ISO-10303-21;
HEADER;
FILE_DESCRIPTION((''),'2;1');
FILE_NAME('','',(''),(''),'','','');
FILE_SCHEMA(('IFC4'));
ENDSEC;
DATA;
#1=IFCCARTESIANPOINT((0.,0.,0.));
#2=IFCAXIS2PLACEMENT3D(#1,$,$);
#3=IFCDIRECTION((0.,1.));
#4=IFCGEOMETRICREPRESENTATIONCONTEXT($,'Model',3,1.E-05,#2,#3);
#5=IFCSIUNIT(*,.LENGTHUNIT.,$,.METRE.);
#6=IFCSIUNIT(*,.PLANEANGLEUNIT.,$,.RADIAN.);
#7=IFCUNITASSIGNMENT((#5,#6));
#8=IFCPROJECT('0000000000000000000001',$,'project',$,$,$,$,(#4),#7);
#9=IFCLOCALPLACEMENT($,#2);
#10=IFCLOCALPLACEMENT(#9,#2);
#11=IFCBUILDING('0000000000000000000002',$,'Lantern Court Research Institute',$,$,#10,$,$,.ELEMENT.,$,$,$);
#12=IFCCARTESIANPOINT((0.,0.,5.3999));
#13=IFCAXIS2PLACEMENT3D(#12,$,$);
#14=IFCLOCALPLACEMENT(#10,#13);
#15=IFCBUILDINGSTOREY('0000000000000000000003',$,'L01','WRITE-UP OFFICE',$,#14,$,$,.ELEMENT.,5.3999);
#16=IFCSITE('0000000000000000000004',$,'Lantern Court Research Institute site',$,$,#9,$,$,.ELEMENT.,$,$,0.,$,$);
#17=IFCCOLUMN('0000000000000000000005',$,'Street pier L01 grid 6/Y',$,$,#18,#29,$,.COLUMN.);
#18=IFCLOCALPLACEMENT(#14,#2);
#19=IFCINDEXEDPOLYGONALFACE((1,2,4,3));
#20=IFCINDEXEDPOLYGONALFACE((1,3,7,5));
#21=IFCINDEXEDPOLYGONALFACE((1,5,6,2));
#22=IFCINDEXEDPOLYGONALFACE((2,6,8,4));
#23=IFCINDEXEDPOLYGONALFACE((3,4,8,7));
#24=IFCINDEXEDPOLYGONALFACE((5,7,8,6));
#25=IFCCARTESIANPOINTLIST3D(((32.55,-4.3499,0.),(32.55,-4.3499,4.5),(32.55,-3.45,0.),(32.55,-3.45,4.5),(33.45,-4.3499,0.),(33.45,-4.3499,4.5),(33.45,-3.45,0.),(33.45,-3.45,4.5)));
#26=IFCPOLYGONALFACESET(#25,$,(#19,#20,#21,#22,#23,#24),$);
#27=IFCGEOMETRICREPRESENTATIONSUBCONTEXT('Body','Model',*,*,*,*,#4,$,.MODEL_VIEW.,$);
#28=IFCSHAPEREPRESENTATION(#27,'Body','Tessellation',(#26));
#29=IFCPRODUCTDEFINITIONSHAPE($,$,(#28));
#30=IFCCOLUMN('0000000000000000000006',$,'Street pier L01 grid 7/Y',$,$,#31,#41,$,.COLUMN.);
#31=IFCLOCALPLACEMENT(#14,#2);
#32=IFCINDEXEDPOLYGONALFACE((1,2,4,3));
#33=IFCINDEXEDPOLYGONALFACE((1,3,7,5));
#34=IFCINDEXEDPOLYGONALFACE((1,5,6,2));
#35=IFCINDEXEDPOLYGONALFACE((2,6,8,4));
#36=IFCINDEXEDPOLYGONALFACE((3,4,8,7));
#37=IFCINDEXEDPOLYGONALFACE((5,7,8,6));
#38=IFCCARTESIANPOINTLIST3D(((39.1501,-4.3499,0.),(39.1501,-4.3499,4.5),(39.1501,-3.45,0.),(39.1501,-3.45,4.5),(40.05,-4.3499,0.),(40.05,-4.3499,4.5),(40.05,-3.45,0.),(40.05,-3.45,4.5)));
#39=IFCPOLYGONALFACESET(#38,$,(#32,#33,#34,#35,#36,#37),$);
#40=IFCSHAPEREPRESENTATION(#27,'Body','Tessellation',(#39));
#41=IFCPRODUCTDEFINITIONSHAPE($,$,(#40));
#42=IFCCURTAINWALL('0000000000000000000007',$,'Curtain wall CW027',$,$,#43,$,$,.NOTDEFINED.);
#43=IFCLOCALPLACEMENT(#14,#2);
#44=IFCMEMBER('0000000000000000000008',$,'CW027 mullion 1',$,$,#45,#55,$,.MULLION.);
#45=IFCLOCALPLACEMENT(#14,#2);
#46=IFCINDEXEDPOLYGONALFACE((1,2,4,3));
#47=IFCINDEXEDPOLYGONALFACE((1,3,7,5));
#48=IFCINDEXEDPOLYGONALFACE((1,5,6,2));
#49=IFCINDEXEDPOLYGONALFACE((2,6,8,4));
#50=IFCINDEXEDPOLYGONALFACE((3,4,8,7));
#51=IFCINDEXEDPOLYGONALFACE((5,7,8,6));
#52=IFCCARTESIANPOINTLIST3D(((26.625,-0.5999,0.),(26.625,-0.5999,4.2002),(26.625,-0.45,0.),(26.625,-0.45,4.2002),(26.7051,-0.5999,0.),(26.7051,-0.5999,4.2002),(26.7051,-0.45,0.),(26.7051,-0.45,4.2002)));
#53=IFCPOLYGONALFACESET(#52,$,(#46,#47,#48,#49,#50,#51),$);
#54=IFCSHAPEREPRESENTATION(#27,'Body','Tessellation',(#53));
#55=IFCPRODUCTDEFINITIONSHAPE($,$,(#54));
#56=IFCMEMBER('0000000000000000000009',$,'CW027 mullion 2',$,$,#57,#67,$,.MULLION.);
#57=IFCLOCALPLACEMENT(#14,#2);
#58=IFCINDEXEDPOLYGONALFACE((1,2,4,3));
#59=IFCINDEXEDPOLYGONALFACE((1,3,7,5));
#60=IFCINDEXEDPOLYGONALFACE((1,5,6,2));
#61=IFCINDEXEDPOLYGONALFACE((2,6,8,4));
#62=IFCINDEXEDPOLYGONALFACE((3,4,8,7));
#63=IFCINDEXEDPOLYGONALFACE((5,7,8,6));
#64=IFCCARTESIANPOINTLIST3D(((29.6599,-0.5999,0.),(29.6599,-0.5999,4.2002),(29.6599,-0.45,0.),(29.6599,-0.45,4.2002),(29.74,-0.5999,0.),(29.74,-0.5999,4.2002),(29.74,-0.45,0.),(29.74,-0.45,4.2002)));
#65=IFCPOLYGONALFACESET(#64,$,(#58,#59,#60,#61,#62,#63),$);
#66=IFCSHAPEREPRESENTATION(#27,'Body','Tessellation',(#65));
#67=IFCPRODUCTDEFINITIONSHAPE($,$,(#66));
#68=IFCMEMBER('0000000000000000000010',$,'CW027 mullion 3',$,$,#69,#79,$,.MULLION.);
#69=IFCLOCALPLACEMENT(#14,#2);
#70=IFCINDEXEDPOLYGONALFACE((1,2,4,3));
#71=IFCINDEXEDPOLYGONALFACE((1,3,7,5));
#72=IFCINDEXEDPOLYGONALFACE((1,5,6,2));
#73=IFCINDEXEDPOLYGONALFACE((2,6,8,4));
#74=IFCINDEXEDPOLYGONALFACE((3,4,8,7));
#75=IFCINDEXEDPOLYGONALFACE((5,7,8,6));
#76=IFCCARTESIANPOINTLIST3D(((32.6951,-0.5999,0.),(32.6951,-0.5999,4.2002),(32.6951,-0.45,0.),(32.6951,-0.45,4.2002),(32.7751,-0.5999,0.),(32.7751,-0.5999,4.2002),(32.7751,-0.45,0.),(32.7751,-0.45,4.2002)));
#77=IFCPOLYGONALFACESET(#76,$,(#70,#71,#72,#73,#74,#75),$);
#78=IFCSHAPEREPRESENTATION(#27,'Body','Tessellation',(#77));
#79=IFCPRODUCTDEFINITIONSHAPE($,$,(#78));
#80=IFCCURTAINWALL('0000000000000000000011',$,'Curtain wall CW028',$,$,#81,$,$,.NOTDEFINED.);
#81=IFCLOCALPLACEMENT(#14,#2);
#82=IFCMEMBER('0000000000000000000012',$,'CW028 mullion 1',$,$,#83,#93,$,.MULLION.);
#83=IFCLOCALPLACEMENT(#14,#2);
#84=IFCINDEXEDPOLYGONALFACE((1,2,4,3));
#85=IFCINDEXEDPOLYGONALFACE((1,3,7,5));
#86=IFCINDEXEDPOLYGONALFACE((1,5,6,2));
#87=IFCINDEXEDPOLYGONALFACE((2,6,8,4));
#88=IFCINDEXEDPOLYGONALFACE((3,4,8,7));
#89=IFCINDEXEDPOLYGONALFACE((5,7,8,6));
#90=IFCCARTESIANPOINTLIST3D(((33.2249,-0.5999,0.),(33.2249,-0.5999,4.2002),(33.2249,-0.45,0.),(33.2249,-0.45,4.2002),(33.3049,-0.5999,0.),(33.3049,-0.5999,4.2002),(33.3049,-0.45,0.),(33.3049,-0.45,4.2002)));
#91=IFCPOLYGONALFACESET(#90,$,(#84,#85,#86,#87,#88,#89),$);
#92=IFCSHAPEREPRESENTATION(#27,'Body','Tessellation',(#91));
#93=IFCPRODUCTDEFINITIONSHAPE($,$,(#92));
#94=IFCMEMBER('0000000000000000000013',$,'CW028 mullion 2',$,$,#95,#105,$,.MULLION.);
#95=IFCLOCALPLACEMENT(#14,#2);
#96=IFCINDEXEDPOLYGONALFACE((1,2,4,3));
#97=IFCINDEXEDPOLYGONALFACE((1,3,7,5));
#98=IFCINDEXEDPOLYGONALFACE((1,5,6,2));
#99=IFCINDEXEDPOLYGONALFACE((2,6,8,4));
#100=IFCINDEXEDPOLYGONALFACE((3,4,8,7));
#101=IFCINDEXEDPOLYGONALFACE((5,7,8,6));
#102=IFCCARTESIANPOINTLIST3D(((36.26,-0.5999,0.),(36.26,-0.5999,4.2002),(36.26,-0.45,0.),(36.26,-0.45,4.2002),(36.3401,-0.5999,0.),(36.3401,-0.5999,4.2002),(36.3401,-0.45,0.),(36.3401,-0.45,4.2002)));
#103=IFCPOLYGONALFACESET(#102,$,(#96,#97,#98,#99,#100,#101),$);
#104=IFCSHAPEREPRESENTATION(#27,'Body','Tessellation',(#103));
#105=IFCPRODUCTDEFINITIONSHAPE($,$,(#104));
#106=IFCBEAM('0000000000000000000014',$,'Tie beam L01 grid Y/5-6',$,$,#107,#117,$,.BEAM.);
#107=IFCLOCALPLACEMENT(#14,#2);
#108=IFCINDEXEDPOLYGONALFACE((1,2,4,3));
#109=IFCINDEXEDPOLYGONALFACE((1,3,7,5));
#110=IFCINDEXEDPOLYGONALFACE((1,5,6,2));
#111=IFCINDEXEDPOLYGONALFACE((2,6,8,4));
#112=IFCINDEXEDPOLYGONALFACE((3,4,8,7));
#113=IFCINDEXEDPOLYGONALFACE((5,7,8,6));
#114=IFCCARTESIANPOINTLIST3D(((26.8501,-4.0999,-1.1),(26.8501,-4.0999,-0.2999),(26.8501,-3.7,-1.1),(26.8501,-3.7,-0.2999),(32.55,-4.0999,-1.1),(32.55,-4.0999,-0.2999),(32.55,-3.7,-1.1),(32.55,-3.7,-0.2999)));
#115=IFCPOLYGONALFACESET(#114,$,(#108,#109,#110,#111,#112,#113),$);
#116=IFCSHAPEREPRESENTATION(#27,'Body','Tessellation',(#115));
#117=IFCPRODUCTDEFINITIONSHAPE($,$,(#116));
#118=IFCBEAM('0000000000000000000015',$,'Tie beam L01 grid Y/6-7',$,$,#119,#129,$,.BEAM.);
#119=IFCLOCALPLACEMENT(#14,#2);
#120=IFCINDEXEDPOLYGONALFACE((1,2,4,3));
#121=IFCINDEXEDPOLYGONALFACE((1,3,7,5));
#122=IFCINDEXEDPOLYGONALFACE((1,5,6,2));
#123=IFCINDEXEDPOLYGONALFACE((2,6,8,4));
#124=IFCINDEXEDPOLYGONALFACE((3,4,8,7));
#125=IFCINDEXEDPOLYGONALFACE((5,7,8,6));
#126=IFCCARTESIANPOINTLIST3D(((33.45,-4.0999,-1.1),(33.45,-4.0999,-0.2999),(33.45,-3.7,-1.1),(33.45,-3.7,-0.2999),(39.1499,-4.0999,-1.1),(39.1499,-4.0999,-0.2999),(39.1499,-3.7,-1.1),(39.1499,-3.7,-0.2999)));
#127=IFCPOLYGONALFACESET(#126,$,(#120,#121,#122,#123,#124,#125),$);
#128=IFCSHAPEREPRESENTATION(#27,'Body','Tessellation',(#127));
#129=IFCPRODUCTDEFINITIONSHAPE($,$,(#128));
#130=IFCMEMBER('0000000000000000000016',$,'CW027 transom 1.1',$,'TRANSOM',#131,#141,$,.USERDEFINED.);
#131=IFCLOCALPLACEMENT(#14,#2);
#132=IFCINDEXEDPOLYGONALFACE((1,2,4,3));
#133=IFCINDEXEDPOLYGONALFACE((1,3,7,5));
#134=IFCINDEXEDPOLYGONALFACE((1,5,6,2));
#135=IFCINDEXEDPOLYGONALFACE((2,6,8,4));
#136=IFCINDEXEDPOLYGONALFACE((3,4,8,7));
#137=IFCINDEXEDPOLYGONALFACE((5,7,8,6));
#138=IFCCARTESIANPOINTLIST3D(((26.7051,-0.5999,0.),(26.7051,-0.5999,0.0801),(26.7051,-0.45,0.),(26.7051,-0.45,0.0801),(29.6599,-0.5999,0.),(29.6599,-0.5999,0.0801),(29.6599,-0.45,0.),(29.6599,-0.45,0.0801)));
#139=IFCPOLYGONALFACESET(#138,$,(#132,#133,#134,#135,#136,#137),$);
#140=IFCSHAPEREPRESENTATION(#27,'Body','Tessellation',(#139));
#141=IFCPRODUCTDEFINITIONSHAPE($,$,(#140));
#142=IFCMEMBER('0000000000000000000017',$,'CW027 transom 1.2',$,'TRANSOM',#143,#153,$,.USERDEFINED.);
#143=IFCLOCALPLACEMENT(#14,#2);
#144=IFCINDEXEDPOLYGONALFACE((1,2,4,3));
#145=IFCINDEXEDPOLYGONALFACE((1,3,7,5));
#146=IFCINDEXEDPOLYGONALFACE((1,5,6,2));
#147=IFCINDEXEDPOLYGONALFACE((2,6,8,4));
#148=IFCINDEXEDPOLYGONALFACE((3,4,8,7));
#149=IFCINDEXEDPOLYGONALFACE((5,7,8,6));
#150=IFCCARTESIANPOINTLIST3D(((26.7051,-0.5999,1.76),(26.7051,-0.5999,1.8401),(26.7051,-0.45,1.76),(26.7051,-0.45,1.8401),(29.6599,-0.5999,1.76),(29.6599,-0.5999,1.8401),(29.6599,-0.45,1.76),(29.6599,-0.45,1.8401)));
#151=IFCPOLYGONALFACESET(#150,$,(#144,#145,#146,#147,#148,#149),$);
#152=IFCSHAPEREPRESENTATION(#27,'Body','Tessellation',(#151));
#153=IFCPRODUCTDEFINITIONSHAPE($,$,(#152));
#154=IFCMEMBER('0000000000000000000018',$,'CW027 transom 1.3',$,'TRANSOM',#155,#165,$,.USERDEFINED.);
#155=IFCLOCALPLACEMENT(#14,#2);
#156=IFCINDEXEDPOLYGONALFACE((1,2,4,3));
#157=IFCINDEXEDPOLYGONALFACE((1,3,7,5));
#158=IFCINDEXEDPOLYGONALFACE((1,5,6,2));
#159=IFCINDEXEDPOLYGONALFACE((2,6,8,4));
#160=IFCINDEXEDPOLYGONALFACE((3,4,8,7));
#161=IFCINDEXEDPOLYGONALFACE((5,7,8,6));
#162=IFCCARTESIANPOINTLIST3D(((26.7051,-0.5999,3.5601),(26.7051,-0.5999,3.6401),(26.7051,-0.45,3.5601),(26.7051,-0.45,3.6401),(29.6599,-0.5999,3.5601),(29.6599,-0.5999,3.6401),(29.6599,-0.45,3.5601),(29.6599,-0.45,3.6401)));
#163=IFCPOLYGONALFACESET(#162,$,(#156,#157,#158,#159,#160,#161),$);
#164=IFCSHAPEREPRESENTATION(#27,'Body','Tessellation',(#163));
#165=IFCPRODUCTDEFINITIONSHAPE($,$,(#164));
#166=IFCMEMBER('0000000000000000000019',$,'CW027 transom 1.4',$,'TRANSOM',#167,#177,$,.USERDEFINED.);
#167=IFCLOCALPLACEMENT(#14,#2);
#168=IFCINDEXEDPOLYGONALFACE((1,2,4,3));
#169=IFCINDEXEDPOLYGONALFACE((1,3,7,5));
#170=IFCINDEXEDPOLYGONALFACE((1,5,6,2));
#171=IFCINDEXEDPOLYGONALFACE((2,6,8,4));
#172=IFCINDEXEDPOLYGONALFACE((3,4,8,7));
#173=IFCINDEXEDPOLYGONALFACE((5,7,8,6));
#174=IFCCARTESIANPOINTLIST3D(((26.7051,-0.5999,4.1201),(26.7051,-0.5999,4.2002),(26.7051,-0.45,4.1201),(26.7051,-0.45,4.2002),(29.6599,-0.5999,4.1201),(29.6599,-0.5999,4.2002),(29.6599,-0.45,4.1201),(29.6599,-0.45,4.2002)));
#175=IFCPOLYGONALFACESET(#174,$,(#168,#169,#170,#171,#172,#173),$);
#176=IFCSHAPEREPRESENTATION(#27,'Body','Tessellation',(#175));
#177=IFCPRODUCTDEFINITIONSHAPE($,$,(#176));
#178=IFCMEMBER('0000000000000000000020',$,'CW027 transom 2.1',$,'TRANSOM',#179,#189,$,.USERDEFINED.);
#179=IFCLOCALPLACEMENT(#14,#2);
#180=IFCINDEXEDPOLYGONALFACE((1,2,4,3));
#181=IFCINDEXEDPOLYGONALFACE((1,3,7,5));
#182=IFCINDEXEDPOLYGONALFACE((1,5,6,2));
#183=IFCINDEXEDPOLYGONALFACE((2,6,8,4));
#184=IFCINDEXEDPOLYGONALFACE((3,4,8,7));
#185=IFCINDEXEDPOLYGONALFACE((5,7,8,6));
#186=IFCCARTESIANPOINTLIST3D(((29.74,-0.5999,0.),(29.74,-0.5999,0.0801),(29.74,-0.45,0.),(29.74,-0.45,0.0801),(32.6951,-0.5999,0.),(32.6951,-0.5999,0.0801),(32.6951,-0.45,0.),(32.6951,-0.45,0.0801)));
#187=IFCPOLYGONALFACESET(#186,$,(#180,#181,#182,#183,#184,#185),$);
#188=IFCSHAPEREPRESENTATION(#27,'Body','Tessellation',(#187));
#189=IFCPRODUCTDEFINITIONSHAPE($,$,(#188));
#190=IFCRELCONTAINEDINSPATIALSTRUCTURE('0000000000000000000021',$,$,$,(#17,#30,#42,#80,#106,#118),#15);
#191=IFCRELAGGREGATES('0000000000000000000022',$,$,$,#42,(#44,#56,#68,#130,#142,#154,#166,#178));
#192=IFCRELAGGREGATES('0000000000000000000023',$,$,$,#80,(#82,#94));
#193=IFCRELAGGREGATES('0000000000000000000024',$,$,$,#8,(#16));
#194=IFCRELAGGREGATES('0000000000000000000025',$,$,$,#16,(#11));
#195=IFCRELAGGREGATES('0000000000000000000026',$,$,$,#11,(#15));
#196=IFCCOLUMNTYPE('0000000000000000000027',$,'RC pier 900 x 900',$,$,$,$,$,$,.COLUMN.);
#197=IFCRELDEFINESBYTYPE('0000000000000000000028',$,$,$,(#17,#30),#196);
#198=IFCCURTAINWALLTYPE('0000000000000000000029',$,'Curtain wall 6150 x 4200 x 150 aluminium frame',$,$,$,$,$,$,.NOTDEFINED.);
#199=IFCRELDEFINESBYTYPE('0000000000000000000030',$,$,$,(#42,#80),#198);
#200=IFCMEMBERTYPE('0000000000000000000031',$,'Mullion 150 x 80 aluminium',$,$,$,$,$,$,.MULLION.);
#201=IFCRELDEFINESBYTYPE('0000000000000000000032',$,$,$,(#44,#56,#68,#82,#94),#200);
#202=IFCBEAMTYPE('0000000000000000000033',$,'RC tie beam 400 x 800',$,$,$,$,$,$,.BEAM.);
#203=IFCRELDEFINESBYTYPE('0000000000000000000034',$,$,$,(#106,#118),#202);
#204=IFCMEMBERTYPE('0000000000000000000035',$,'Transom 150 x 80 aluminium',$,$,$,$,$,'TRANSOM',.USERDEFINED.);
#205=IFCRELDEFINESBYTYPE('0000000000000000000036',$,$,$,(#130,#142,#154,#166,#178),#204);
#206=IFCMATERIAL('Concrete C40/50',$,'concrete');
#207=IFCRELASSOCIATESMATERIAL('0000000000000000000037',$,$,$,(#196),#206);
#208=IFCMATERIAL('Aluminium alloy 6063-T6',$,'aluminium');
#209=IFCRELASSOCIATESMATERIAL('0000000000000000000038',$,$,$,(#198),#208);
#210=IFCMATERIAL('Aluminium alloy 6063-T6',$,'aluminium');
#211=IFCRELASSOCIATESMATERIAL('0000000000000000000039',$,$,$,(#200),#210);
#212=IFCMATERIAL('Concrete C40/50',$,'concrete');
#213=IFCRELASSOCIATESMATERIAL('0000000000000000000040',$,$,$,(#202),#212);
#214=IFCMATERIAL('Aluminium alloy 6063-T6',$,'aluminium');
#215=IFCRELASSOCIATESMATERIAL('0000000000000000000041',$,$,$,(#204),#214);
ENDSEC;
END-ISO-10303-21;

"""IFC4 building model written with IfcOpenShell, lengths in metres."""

from ifc_helpers import new_model, si_unit, direction, frame, origin, origin_2d, place, context, subcontext, project, spatial, rectangle, extrude, material, material_profile, profile_set, type_object, element, aggregate, save


model = new_model("IFC4")

# Units and contexts
model_context = context("Model", 3, precision=1e-05, world=origin(), true_north=direction((0.0, 1.0)))
body_context = subcontext(model_context, "Body", "Model", "MODEL_VIEW")
ifc_project = project(units=[si_unit("LENGTHUNIT", "METRE"), si_unit("PLANEANGLEUNIT", "RADIAN")], contexts=[model_context])

# Site, building, storey
site_placement = place(None, origin())
site = spatial("IfcSite", under=ifc_project, at=site_placement, Name="Lantern Court Research Institute site", CompositionType="ELEMENT", RefElevation=0.0)
building_placement = place(site_placement, origin())
building = spatial("IfcBuilding", under=site, at=building_placement, Name="Lantern Court Research Institute", CompositionType="ELEMENT")
storey_placement = place(building_placement, frame((0.0, 0.0, 5.3999)))
storey = spatial("IfcBuildingStorey", under=building, at=storey_placement, Name="L01", Description="WRITE-UP OFFICE", CompositionType="ELEMENT", Elevation=5.3999)

# Columns
ifc_material_1 = material(Name="Concrete C40/50", Category="concrete")
ifc_material_profile_1 = material_profile(ifc_material_1, rectangle(XDim=0.8999, YDim=0.8999, at=origin_2d()), Name="RC column 900 x 900")
ifc_profile_set_1 = profile_set([ifc_material_profile_1], Name="Concrete C40/50")
column_type = type_object("IfcColumnType", Name="RC pier 900 x 900", PredefinedType="COLUMN", material=ifc_profile_set_1)
for number, where, z_axis, x_axis, name in (
    (1, (33.0, -3.8999, 0.0), (0.0, 0.0, 1.0), (1.0, 0.0, 0.0), "Street pier L01 grid 6/Y"),
    (2, (39.6001, -3.8999, 0.0), (0.0, 0.0, 1.0), (1.0, 0.0, 0.0), "Street pier L01 grid 7/Y"),
):
    element("IfcColumn", number, at=place(storey_placement, frame(where, z_axis=z_axis, x_axis=x_axis)), inside=storey, type_object=column_type, Name=name, PredefinedType="COLUMN", context=body_context, shape_type="SweptSolid", body=[
        extrude(rectangle(XDim=0.8999, YDim=0.8999, at=origin_2d()), origin(), (0.0, 0.0, 1.0), 4.5),
    ])

# Curtain walls, members
ifc_material_2 = material(Name="Aluminium alloy 6063-T6", Category="aluminium")
curtain_wall_type = type_object("IfcCurtainWallType", Name="Curtain wall 6150 x 4200 x 150 aluminium frame", PredefinedType="NOTDEFINED", material=ifc_material_2)
curtain_wall_1_placement = place(storey_placement, origin())
curtain_wall_1 = element("IfcCurtainWall", 3, at=curtain_wall_1_placement, inside=storey, type_object=curtain_wall_type, Name="Curtain wall CW027", PredefinedType="NOTDEFINED")
ifc_material_3 = material(Name="Aluminium alloy 6063-T6", Category="aluminium")
ifc_material_profile_2 = material_profile(ifc_material_3, rectangle(XDim=0.1499, YDim=0.0801, at=origin_2d()), Name="Mullion 150 x 80")
ifc_profile_set_2 = profile_set([ifc_material_profile_2], Name="Aluminium alloy 6063-T6")
member_type_1 = type_object("IfcMemberType", Name="Mullion 150 x 80 aluminium", PredefinedType="MULLION", material=ifc_profile_set_2)
member_1_placement = place(storey_placement, frame((26.665, -0.5249, 0.0), z_axis=(0.0, 0.0, 1.0), x_axis=(0.0, -1.0, 0.0)))
member_1 = element("IfcMember", 4, at=member_1_placement, type_object=member_type_1, Name="CW027 mullion 1", PredefinedType="MULLION", context=body_context, shape_type="SweptSolid", body=[
    extrude(rectangle(XDim=0.1499, YDim=0.0801, at=origin_2d()), origin(), (0.0, 0.0, 1.0), 4.2002),
])
member_2_placement = place(storey_placement, frame((29.7, -0.5249, 0.0), z_axis=(0.0, 0.0, 1.0), x_axis=(0.0, -1.0, 0.0)))
member_2 = element("IfcMember", 5, at=member_2_placement, type_object=member_type_1, Name="CW027 mullion 2", PredefinedType="MULLION", context=body_context, shape_type="SweptSolid", body=[
    extrude(rectangle(XDim=0.1499, YDim=0.0801, at=origin_2d()), origin(), (0.0, 0.0, 1.0), 4.2002),
])
member_3_placement = place(storey_placement, frame((32.7351, -0.5249, 0.0), z_axis=(0.0, 0.0, 1.0), x_axis=(0.0, -1.0, 0.0)))
member_3 = element("IfcMember", 6, at=member_3_placement, type_object=member_type_1, Name="CW027 mullion 3", PredefinedType="MULLION", context=body_context, shape_type="SweptSolid", body=[
    extrude(rectangle(XDim=0.1499, YDim=0.0801, at=origin_2d()), origin(), (0.0, 0.0, 1.0), 4.2002),
])
curtain_wall_2_placement = place(storey_placement, origin())
curtain_wall_2 = element("IfcCurtainWall", 7, at=curtain_wall_2_placement, inside=storey, type_object=curtain_wall_type, Name="Curtain wall CW028", PredefinedType="NOTDEFINED")
member_4_placement = place(storey_placement, frame((33.2649, -0.5249, 0.0), z_axis=(0.0, 0.0, 1.0), x_axis=(0.0, -1.0, 0.0)))
member_4 = element("IfcMember", 8, at=member_4_placement, type_object=member_type_1, Name="CW028 mullion 1", PredefinedType="MULLION", context=body_context, shape_type="SweptSolid", body=[
    extrude(rectangle(XDim=0.1499, YDim=0.0801, at=origin_2d()), origin(), (0.0, 0.0, 1.0), 4.2002),
])
member_5_placement = place(storey_placement, frame((36.3, -0.5249, 0.0), z_axis=(0.0, 0.0, 1.0), x_axis=(0.0, -1.0, 0.0)))
member_5 = element("IfcMember", 9, at=member_5_placement, type_object=member_type_1, Name="CW028 mullion 2", PredefinedType="MULLION", context=body_context, shape_type="SweptSolid", body=[
    extrude(rectangle(XDim=0.1499, YDim=0.0801, at=origin_2d()), origin(), (0.0, 0.0, 1.0), 4.2002),
])

# Beams
ifc_material_4 = material(Name="Concrete C40/50", Category="concrete")
ifc_material_profile_3 = material_profile(ifc_material_4, rectangle(XDim=0.3999, YDim=0.8, at=origin_2d()), Name="RC beam 400 x 800")
ifc_profile_set_3 = profile_set([ifc_material_profile_3], Name="Concrete C40/50")
beam_type = type_object("IfcBeamType", Name="RC tie beam 400 x 800", PredefinedType="BEAM", material=ifc_profile_set_3)
for number, where, z_axis, x_axis, name in (
    (10, (26.8501, -3.8999, -0.7), (1.0, 0.0, 0.0), (0.0, 1.0, 0.0), "Tie beam L01 grid Y/5-6"),
    (11, (33.45, -3.8999, -0.7), (1.0, 0.0, 0.0), (0.0, 1.0, 0.0), "Tie beam L01 grid Y/6-7"),
):
    element("IfcBeam", number, at=place(storey_placement, frame(where, z_axis=z_axis, x_axis=x_axis)), inside=storey, type_object=beam_type, Name=name, PredefinedType="BEAM", context=body_context, shape_type="SweptSolid", body=[
        extrude(rectangle(XDim=0.3999, YDim=0.8, at=origin_2d()), origin(), (0.0, 0.0, 1.0), 5.7),
    ])

# Members
ifc_material_5 = material(Name="Aluminium alloy 6063-T6", Category="aluminium")
ifc_material_profile_4 = material_profile(ifc_material_5, rectangle(XDim=0.1499, YDim=0.0801, at=origin_2d()), Name="Transom 150 x 80")
ifc_profile_set_4 = profile_set([ifc_material_profile_4], Name="Aluminium alloy 6063-T6")
member_type_2 = type_object("IfcMemberType", Name="Transom 150 x 80 aluminium", ElementType="TRANSOM", PredefinedType="USERDEFINED", material=ifc_profile_set_4)
member_6_placement = place(storey_placement, frame((29.6599, -0.5249, 0.04), z_axis=(-1.0, 0.0, 0.0), x_axis=(0.0, -1.0, 0.0)))
member_6 = element("IfcMember", 12, at=member_6_placement, type_object=member_type_2, Name="CW027 transom 1.1", ObjectType="TRANSOM", PredefinedType="USERDEFINED", context=body_context, shape_type="SweptSolid", body=[
    extrude(rectangle(XDim=0.1499, YDim=0.0801, at=origin_2d()), origin(), (0.0, 0.0, 1.0), 2.9548),
])
member_7_placement = place(storey_placement, frame((29.6599, -0.5249, 1.8), z_axis=(-1.0, 0.0, 0.0), x_axis=(0.0, -1.0, 0.0)))
member_7 = element("IfcMember", 13, at=member_7_placement, type_object=member_type_2, Name="CW027 transom 1.2", ObjectType="TRANSOM", PredefinedType="USERDEFINED", context=body_context, shape_type="SweptSolid", body=[
    extrude(rectangle(XDim=0.1499, YDim=0.0801, at=origin_2d()), origin(), (0.0, 0.0, 1.0), 2.9548),
])
member_8_placement = place(storey_placement, frame((29.6599, -0.5249, 3.6001), z_axis=(-1.0, 0.0, 0.0), x_axis=(0.0, -1.0, 0.0)))
member_8 = element("IfcMember", 14, at=member_8_placement, type_object=member_type_2, Name="CW027 transom 1.3", ObjectType="TRANSOM", PredefinedType="USERDEFINED", context=body_context, shape_type="SweptSolid", body=[
    extrude(rectangle(XDim=0.1499, YDim=0.0801, at=origin_2d()), origin(), (0.0, 0.0, 1.0), 2.9548),
])
member_9_placement = place(storey_placement, frame((29.6599, -0.5249, 4.1602), z_axis=(-1.0, 0.0, 0.0), x_axis=(0.0, -1.0, 0.0)))
member_9 = element("IfcMember", 15, at=member_9_placement, type_object=member_type_2, Name="CW027 transom 1.4", ObjectType="TRANSOM", PredefinedType="USERDEFINED", context=body_context, shape_type="SweptSolid", body=[
    extrude(rectangle(XDim=0.1499, YDim=0.0801, at=origin_2d()), origin(), (0.0, 0.0, 1.0), 2.9548),
])
member_10_placement = place(storey_placement, frame((32.6951, -0.5249, 0.04), z_axis=(-1.0, 0.0, 0.0), x_axis=(0.0, -1.0, 0.0)))
member_10 = element("IfcMember", 16, at=member_10_placement, type_object=member_type_2, Name="CW027 transom 2.1", ObjectType="TRANSOM", PredefinedType="USERDEFINED", context=body_context, shape_type="SweptSolid", body=[
    extrude(rectangle(XDim=0.1499, YDim=0.0801, at=origin_2d()), origin(), (0.0, 0.0, 1.0), 2.9551),
])

aggregate(curtain_wall_1, [member_1, member_2, member_3, member_6, member_7, member_8, member_9, member_10])
aggregate(curtain_wall_2, [member_4, member_5])

save(model, "model.ifc")
